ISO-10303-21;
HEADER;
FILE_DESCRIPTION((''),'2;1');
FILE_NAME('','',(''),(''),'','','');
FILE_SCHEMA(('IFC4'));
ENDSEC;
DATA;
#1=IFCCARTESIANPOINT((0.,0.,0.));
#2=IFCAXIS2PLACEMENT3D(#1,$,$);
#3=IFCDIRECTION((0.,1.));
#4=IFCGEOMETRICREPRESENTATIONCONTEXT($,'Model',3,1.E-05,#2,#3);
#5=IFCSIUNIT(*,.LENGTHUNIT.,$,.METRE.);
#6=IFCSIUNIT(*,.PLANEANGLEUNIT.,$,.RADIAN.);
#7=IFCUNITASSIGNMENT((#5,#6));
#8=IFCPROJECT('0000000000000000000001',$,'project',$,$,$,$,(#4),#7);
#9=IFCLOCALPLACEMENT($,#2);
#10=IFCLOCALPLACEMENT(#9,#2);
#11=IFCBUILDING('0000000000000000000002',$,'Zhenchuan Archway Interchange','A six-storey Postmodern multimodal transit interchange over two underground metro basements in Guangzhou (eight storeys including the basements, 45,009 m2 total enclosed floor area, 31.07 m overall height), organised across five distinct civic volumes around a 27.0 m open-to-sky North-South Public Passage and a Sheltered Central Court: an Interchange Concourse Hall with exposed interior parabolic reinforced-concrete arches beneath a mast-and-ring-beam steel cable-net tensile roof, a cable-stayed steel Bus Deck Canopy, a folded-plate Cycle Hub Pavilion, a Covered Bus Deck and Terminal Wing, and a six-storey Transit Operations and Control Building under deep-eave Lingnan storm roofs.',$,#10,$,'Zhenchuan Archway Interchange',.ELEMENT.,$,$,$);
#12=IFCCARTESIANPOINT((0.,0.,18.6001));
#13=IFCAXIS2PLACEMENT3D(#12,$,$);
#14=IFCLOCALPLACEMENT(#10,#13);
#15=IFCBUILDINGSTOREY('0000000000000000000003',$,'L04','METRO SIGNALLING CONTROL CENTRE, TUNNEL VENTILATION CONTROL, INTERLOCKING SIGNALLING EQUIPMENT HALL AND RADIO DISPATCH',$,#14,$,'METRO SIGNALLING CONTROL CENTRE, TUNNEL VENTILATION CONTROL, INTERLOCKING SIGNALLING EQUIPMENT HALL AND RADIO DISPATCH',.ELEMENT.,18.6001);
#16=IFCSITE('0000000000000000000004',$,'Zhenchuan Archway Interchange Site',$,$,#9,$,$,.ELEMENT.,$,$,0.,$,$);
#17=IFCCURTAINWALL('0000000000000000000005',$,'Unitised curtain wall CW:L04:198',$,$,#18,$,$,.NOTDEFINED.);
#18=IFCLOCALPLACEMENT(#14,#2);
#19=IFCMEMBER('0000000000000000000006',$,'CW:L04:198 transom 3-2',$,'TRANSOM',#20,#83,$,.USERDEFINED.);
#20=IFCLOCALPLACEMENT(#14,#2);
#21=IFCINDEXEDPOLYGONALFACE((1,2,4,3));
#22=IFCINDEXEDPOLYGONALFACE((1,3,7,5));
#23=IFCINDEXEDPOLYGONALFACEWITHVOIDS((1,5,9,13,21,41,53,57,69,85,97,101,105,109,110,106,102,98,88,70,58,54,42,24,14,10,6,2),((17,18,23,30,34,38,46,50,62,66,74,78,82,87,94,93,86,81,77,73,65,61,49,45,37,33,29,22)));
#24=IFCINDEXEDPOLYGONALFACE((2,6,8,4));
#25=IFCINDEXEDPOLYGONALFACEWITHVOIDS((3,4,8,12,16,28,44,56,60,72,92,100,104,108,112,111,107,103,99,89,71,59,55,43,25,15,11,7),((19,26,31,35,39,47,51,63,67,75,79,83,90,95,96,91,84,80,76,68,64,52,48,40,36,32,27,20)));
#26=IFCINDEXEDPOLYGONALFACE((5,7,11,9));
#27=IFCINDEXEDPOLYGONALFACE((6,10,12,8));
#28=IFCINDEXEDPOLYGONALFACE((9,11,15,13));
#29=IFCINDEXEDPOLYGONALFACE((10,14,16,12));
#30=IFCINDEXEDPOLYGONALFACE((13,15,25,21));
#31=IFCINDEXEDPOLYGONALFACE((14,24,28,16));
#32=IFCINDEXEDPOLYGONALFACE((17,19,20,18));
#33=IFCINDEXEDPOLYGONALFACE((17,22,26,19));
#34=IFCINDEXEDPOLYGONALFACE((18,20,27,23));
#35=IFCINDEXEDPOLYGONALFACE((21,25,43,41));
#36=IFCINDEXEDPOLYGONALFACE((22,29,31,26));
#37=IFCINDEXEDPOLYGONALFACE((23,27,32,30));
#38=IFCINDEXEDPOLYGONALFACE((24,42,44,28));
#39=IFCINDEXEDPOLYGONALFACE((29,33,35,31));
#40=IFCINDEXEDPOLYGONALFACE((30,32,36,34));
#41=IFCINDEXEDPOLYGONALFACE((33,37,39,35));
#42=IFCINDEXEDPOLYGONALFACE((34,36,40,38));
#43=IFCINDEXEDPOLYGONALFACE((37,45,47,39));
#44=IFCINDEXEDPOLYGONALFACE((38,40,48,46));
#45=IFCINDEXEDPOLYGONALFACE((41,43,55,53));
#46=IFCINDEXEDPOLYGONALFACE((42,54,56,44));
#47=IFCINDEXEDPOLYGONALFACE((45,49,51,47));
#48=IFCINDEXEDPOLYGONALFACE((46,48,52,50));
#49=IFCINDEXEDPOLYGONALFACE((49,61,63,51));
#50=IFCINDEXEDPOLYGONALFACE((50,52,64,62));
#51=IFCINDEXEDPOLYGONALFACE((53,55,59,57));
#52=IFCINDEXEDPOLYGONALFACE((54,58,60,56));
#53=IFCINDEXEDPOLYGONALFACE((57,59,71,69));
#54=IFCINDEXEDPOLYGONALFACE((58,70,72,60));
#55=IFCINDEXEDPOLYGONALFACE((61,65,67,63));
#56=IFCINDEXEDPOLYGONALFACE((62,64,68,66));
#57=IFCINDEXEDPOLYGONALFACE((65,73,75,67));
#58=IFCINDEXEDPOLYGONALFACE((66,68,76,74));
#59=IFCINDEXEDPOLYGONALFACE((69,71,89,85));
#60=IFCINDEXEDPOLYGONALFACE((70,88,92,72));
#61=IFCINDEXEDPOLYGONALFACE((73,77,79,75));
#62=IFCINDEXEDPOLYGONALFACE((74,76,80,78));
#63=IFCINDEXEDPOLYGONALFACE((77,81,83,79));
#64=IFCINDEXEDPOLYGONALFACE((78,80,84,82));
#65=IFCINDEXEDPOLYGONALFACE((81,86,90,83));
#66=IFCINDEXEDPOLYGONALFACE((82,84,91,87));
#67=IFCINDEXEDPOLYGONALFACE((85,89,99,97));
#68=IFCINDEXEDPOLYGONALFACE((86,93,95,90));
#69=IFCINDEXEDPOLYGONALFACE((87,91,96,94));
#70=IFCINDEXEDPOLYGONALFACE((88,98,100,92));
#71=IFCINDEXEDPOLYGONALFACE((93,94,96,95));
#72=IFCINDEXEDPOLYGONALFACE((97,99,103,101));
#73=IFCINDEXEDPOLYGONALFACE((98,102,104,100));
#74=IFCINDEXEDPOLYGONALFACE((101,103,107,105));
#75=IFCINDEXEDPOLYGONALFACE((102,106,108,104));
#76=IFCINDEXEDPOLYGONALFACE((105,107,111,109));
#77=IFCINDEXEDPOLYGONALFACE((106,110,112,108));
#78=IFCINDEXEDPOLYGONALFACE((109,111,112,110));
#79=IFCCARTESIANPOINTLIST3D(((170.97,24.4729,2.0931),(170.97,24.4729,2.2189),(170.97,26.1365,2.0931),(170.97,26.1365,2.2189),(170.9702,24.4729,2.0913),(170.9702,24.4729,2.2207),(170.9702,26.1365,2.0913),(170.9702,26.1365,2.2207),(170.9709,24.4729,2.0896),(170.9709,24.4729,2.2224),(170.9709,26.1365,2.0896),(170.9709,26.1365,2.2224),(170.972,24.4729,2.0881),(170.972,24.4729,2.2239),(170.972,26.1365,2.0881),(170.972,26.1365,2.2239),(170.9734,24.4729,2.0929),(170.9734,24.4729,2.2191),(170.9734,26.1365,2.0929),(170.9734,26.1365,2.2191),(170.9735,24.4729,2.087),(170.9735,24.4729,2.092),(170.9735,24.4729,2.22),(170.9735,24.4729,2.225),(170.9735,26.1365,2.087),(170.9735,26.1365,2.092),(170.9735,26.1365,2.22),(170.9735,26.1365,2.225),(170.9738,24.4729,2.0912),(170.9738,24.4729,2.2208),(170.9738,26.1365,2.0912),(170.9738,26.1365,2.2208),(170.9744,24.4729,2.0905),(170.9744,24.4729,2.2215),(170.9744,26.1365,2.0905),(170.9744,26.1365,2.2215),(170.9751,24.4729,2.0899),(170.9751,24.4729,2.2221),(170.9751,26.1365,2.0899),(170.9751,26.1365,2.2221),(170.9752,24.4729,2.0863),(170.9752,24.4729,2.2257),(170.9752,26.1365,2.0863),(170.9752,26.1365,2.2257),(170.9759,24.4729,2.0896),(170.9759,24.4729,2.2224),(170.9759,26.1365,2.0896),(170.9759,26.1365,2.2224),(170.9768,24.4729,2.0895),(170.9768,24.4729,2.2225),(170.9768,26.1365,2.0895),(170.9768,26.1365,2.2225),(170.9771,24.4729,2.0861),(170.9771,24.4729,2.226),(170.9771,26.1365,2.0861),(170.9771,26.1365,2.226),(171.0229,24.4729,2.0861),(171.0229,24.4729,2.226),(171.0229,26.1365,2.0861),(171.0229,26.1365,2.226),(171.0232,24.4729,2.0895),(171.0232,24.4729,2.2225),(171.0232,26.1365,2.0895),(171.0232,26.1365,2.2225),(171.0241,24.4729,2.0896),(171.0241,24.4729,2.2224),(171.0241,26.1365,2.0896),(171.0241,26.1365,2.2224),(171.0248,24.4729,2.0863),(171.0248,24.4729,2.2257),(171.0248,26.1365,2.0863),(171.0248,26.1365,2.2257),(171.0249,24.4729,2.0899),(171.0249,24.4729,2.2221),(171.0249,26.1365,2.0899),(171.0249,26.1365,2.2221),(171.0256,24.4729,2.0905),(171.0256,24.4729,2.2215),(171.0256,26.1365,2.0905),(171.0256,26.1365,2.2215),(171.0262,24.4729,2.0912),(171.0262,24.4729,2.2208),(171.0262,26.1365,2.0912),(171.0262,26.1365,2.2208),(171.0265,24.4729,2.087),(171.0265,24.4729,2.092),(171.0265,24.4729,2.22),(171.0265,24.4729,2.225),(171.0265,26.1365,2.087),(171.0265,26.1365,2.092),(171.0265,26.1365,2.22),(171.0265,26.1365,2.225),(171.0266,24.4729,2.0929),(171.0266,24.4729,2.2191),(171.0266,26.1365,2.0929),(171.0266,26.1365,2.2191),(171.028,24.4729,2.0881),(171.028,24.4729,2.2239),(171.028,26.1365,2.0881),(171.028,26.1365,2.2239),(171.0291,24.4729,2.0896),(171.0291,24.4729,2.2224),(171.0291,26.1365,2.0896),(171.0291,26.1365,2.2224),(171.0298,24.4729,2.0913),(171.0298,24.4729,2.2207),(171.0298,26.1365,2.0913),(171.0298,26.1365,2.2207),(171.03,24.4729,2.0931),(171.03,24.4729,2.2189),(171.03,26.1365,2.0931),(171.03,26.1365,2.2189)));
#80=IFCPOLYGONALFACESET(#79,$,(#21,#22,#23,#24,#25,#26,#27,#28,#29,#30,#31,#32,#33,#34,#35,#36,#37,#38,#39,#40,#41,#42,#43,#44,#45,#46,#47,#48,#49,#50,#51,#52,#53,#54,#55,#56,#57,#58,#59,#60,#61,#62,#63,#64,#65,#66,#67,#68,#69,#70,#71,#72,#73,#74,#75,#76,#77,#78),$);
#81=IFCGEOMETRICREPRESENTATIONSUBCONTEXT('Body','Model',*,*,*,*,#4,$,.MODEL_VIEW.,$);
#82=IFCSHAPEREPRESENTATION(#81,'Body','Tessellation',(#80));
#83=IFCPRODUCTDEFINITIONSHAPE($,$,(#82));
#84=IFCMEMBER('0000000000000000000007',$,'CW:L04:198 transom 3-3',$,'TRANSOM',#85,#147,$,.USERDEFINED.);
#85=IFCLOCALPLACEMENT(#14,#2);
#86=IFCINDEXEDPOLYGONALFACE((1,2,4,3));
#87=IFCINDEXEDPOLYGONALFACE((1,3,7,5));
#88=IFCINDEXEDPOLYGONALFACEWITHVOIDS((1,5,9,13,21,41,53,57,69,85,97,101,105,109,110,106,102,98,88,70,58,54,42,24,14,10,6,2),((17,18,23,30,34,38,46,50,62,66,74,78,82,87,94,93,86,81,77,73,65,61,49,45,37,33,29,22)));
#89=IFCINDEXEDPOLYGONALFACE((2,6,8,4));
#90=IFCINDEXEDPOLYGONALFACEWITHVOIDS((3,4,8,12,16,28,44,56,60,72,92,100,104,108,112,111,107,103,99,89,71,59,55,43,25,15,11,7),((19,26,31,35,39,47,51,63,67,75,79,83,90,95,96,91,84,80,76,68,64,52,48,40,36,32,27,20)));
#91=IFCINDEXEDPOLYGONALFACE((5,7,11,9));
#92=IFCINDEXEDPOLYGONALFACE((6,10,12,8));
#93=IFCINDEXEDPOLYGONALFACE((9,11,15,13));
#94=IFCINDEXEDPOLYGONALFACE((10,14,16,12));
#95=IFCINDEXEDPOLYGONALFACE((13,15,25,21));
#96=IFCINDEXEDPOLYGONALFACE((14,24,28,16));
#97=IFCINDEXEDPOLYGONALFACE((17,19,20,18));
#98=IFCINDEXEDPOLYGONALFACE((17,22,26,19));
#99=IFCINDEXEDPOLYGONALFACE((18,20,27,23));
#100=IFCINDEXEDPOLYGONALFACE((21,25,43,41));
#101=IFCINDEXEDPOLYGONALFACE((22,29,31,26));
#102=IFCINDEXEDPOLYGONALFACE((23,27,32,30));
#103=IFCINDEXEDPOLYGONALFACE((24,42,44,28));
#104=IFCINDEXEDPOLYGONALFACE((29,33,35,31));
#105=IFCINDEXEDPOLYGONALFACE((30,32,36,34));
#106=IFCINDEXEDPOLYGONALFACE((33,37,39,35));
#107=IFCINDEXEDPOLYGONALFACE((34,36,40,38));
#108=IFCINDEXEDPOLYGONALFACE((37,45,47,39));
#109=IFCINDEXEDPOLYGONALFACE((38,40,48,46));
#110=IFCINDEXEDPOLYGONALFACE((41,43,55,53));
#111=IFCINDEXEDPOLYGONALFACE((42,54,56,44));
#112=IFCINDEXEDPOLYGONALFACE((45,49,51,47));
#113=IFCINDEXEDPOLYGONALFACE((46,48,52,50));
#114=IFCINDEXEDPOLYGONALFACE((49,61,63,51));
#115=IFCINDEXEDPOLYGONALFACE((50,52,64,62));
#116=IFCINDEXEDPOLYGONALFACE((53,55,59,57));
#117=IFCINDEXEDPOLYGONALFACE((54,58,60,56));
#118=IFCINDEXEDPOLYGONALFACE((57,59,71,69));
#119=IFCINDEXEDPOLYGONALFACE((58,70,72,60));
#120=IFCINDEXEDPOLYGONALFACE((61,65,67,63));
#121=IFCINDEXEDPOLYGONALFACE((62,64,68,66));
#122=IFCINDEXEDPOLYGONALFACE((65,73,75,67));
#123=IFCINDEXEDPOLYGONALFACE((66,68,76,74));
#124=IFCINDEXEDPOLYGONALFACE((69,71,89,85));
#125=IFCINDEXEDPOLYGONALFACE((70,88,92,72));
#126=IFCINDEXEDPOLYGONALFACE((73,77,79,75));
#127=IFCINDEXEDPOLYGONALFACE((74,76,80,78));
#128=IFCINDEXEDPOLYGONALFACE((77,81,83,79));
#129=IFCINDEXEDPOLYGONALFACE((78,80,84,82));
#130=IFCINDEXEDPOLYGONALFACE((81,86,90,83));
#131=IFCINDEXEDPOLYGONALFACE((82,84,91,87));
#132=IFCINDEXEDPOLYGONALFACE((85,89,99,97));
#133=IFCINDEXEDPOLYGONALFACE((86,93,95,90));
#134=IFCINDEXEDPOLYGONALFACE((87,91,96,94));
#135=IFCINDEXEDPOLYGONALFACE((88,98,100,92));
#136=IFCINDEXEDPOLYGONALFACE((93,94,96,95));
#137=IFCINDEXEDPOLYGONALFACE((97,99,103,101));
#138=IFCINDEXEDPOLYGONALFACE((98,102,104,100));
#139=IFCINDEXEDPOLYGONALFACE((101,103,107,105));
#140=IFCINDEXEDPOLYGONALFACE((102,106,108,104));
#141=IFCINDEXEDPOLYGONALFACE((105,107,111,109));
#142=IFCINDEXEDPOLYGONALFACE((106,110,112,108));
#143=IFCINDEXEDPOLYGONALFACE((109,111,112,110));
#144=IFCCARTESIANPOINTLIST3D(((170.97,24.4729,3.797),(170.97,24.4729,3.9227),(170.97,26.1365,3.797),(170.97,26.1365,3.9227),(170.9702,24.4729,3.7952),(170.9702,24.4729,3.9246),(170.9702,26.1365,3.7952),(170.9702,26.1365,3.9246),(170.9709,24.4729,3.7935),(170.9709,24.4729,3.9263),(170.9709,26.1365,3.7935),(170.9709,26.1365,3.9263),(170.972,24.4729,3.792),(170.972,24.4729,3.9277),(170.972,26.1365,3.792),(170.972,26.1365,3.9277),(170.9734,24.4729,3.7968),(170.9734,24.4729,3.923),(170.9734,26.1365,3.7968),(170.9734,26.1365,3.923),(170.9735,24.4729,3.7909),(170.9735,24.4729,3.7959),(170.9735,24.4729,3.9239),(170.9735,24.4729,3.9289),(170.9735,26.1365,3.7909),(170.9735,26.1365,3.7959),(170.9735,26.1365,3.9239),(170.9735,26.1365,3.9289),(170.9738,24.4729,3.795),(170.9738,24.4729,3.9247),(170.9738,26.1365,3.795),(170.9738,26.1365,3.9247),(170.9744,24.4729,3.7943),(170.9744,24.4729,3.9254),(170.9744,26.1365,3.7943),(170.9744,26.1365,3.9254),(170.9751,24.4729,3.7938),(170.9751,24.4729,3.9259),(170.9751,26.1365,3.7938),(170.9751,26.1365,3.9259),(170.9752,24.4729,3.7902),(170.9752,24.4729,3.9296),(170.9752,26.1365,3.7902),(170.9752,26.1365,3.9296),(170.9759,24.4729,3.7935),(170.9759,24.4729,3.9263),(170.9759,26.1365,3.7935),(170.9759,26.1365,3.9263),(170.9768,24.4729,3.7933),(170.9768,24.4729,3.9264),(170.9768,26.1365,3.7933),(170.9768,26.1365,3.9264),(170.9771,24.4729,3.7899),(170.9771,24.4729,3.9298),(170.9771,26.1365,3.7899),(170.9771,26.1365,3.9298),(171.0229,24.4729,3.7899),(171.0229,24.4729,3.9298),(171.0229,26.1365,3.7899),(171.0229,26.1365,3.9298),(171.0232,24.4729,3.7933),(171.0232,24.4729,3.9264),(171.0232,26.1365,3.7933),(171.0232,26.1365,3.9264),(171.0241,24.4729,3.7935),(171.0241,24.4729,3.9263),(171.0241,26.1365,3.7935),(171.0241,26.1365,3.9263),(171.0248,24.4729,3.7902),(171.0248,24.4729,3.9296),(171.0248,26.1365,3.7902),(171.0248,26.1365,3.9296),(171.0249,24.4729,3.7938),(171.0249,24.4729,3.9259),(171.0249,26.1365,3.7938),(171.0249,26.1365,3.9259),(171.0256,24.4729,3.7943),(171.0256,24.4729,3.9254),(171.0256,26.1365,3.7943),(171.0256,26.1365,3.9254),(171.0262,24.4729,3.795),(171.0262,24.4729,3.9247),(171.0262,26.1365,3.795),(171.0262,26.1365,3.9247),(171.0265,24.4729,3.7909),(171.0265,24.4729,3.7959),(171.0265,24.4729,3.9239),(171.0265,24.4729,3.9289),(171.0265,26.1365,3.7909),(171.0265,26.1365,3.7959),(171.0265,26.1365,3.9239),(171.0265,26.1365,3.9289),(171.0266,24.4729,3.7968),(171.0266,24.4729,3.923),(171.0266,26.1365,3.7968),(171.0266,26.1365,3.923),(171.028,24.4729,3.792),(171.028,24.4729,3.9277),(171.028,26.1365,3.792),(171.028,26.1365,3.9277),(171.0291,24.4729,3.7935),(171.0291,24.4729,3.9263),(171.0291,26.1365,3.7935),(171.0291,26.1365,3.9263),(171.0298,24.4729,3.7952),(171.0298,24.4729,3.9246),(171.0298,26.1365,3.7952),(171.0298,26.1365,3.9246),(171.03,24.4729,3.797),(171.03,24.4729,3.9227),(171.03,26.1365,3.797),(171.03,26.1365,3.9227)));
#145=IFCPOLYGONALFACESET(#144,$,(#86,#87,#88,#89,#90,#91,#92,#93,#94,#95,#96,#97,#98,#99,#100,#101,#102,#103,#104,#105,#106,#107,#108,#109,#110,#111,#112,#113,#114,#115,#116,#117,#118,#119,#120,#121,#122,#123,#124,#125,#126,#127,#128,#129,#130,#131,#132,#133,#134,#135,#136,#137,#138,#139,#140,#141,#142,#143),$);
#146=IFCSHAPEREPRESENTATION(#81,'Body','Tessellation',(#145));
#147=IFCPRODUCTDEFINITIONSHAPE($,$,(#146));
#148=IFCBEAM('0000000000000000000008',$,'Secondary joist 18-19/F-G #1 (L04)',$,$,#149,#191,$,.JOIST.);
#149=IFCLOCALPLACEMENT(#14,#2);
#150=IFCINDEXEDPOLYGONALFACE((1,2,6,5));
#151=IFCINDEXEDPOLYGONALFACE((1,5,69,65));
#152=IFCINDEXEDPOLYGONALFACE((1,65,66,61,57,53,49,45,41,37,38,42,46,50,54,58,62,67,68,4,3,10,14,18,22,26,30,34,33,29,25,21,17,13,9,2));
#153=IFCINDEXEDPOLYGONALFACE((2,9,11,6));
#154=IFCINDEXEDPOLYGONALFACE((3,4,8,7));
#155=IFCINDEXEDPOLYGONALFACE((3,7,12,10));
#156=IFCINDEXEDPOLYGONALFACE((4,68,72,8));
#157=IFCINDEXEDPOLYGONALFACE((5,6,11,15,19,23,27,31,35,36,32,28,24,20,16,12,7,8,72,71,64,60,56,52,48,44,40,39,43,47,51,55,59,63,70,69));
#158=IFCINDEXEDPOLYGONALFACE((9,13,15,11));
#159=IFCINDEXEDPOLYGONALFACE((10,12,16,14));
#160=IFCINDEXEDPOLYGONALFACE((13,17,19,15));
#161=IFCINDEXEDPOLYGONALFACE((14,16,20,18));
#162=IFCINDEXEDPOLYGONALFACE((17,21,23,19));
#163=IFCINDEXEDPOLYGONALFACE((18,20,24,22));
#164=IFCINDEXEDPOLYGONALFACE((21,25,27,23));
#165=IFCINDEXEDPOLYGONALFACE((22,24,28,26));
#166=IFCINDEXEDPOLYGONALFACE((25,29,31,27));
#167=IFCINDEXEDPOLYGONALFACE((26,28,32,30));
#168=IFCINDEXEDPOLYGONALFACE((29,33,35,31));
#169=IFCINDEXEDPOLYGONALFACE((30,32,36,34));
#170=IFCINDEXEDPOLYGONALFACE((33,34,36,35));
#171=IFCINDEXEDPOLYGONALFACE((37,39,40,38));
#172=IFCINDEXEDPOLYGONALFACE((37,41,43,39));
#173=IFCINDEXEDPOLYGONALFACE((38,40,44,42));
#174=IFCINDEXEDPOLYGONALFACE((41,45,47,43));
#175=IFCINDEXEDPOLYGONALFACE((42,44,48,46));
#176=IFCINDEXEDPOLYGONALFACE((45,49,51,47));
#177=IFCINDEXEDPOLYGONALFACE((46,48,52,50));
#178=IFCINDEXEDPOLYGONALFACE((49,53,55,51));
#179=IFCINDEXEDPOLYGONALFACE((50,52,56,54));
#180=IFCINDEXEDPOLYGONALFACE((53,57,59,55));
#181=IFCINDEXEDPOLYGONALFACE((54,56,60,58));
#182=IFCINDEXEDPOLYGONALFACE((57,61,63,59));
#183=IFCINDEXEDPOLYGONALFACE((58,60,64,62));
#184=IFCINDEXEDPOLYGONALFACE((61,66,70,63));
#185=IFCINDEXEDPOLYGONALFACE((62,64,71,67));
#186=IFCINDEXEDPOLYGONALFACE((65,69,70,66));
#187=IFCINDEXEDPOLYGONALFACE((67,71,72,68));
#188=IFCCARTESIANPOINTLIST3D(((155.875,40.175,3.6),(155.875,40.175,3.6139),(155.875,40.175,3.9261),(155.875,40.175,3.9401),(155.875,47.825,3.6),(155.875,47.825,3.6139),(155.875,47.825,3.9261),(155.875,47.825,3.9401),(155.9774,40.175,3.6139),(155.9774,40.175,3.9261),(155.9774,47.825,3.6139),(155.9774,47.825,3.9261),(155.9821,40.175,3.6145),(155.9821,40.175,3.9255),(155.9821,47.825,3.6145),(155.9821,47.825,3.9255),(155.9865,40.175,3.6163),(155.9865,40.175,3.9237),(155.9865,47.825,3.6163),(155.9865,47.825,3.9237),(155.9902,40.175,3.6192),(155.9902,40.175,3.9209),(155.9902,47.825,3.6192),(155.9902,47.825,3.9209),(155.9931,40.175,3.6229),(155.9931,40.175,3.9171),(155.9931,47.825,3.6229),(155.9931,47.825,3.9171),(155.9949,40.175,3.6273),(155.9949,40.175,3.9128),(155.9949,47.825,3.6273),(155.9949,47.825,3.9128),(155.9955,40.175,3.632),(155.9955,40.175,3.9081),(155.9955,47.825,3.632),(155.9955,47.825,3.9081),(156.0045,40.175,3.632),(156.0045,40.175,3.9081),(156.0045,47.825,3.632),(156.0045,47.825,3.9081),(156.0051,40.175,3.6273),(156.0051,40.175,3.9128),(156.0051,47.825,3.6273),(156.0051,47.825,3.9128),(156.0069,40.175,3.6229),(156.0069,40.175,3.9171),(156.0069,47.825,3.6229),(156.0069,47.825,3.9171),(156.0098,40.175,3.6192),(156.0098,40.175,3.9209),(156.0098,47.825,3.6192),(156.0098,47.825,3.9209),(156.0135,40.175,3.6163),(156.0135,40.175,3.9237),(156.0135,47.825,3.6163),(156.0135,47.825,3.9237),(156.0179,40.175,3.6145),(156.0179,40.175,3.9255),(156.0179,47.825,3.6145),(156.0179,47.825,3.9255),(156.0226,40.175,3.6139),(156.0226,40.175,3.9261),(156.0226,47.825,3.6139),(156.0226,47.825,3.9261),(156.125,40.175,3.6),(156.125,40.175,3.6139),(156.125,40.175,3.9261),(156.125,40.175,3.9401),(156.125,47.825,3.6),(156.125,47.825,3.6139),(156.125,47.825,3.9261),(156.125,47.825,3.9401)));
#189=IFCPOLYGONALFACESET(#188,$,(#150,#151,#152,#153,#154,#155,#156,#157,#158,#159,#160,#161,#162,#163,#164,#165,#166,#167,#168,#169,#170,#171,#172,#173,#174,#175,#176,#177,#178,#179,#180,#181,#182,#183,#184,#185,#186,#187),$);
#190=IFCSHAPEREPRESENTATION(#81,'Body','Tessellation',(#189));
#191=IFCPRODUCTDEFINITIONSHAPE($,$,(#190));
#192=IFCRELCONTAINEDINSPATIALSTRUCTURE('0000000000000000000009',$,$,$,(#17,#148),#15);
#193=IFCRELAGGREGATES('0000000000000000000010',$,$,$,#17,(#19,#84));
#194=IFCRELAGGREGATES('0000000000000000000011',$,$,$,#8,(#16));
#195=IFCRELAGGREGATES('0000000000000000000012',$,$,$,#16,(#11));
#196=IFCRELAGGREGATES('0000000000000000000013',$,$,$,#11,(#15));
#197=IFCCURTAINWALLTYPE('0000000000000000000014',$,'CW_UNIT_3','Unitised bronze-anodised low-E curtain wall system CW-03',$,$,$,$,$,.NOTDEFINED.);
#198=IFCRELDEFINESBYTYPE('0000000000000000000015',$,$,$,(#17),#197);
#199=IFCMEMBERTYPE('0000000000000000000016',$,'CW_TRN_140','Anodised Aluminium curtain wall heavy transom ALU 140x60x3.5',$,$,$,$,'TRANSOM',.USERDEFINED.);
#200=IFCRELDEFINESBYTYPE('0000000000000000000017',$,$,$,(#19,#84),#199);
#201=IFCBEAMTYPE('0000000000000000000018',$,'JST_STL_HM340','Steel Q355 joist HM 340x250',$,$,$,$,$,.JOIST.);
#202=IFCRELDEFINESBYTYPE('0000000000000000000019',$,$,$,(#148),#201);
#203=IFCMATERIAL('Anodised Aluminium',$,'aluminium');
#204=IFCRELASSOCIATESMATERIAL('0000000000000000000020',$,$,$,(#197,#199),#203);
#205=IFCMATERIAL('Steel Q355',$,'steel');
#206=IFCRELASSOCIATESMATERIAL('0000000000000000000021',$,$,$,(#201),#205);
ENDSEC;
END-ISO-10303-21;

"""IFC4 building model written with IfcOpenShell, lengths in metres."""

from ifc_helpers import new_model, si_unit, direction, frame, origin, origin_2d, place, context, subcontext, project, spatial, hollow_rectangle, i_section, extrude, material, material_profile, profile_set, type_object, element, aggregate, save


model = new_model("IFC4")

# Units and contexts
model_context = context("Model", 3, precision=1e-05, world=origin(), true_north=direction((0.0, 1.0)))
body_context = subcontext(model_context, "Body", "Model", "MODEL_VIEW")
ifc_project = project(units=[si_unit("LENGTHUNIT", "METRE"), si_unit("PLANEANGLEUNIT", "RADIAN")], contexts=[model_context])

# Site, building, storey
site_placement = place(None, origin())
site = spatial("IfcSite", under=ifc_project, at=site_placement, Name="Zhenchuan Archway Interchange Site", CompositionType="ELEMENT", RefElevation=0.0)
building_placement = place(site_placement, origin())
building = spatial("IfcBuilding", under=site, at=building_placement, Name="Zhenchuan Archway Interchange", Description="A six-storey Postmodern multimodal transit interchange over two underground metro basements in Guangzhou (eight storeys including the basements, 45,009 m2 total enclosed floor area, 31.07 m overall height), organised across five distinct civic volumes around a 27.0 m open-to-sky North-South Public Passage and a Sheltered Central Court: an Interchange Concourse Hall with exposed interior parabolic reinforced-concrete arches beneath a mast-and-ring-beam steel cable-net tensile roof, a cable-stayed steel Bus Deck Canopy, a folded-plate Cycle Hub Pavilion, a Covered Bus Deck and Terminal Wing, and a six-storey Transit Operations and Control Building under deep-eave Lingnan storm roofs.", LongName="Zhenchuan Archway Interchange", CompositionType="ELEMENT")
storey_placement = place(building_placement, frame((0.0, 0.0, 18.6001)))
storey = spatial("IfcBuildingStorey", under=building, at=storey_placement, Name="L04", Description="METRO SIGNALLING CONTROL CENTRE, TUNNEL VENTILATION CONTROL, INTERLOCKING SIGNALLING EQUIPMENT HALL AND RADIO DISPATCH", LongName="METRO SIGNALLING CONTROL CENTRE, TUNNEL VENTILATION CONTROL, INTERLOCKING SIGNALLING EQUIPMENT HALL AND RADIO DISPATCH", CompositionType="ELEMENT", Elevation=18.6001)

# Curtain wall, members
ifc_material_1 = material(Name="Anodised Aluminium", Category="aluminium")
curtain_wall_type = type_object("IfcCurtainWallType", Name="CW_UNIT_3", Description="Unitised bronze-anodised low-E curtain wall system CW-03", PredefinedType="NOTDEFINED", material=ifc_material_1)
curtain_wall_placement = place(storey_placement, origin())
curtain_wall = element("IfcCurtainWall", 1, at=curtain_wall_placement, inside=storey, type_object=curtain_wall_type, Name="Unitised curtain wall CW:L04:198", PredefinedType="NOTDEFINED")
ifc_material_profile_1 = material_profile(ifc_material_1, hollow_rectangle(XDim=0.0601, YDim=0.1399, WallThickness=0.0034, InnerFilletRadius=0.0034, OuterFilletRadius=0.0071, at=origin_2d()), Name="ALU 140x60x3.5")
ifc_profile_set_1 = profile_set([ifc_material_profile_1], Name="Anodised Aluminium")
member_type_1 = type_object("IfcMemberType", Name="CW_TRN_140", Description="Anodised Aluminium curtain wall heavy transom ALU 140x60x3.5", ElementType="TRANSOM", PredefinedType="USERDEFINED", material=ifc_profile_set_1)
member_1_placement = place(storey_placement, frame((171.0, 26.1365, 2.156), z_axis=(0.0, -1.0, 0.0), x_axis=(1.0, 0.0, 0.0)))
member_1 = element("IfcMember", 2, at=member_1_placement, type_object=member_type_1, Name="CW:L04:198 transom 3-2", ObjectType="TRANSOM", PredefinedType="USERDEFINED", context=body_context, shape_type="SweptSolid", body=[
    extrude(hollow_rectangle(XDim=0.0601, YDim=0.1399, WallThickness=0.0034, InnerFilletRadius=0.0034, OuterFilletRadius=0.0071, at=origin_2d()), origin(), (0.0, 0.0, 1.0), 1.6636),
])
member_2_placement = place(storey_placement, frame((171.0, 26.1365, 3.8599), z_axis=(0.0, -1.0, 0.0), x_axis=(1.0, 0.0, 0.0)))
member_2 = element("IfcMember", 3, at=member_2_placement, type_object=member_type_1, Name="CW:L04:198 transom 3-3", ObjectType="TRANSOM", PredefinedType="USERDEFINED", context=body_context, shape_type="SweptSolid", body=[
    extrude(hollow_rectangle(XDim=0.0601, YDim=0.1399, WallThickness=0.0034, InnerFilletRadius=0.0034, OuterFilletRadius=0.0071, at=origin_2d()), origin(), (0.0, 0.0, 1.0), 1.6636),
])

# Beam
ifc_material_2 = material(Name="Steel Q355", Category="steel")
ifc_material_profile_2 = material_profile(ifc_material_2, i_section(OverallWidth=0.25, OverallDepth=0.3401, WebThickness=0.009, FlangeThickness=0.0139, FilletRadius=0.0181, at=origin_2d()), Name="HM 340x250")
ifc_profile_set_2 = profile_set([ifc_material_profile_2], Name="Steel Q355")
beam_type_1 = type_object("IfcBeamType", Name="JST_STL_HM340", Description="Steel Q355 joist HM 340x250", PredefinedType="JOIST", material=ifc_profile_set_2)
for number, where, z_axis, x_axis, name in (
    (4, (156.0, 40.175, 3.77), (0.0, 1.0, 0.0), (-1.0, 0.0, 0.0), "Secondary joist 18-19/F-G #1 (L04)"),
):
    element("IfcBeam", number, at=place(storey_placement, frame(where, z_axis=z_axis, x_axis=x_axis)), inside=storey, type_object=beam_type_1, Name=name, PredefinedType="JOIST", context=body_context, shape_type="SweptSolid", body=[
        extrude(i_section(OverallWidth=0.25, OverallDepth=0.3401, WebThickness=0.009, FlangeThickness=0.0139, FilletRadius=0.0181, at=origin_2d()), origin(), (0.0, 0.0, 1.0), 7.6499),
    ])

aggregate(curtain_wall, [member_1, member_2])

save(model, "model.ifc")
